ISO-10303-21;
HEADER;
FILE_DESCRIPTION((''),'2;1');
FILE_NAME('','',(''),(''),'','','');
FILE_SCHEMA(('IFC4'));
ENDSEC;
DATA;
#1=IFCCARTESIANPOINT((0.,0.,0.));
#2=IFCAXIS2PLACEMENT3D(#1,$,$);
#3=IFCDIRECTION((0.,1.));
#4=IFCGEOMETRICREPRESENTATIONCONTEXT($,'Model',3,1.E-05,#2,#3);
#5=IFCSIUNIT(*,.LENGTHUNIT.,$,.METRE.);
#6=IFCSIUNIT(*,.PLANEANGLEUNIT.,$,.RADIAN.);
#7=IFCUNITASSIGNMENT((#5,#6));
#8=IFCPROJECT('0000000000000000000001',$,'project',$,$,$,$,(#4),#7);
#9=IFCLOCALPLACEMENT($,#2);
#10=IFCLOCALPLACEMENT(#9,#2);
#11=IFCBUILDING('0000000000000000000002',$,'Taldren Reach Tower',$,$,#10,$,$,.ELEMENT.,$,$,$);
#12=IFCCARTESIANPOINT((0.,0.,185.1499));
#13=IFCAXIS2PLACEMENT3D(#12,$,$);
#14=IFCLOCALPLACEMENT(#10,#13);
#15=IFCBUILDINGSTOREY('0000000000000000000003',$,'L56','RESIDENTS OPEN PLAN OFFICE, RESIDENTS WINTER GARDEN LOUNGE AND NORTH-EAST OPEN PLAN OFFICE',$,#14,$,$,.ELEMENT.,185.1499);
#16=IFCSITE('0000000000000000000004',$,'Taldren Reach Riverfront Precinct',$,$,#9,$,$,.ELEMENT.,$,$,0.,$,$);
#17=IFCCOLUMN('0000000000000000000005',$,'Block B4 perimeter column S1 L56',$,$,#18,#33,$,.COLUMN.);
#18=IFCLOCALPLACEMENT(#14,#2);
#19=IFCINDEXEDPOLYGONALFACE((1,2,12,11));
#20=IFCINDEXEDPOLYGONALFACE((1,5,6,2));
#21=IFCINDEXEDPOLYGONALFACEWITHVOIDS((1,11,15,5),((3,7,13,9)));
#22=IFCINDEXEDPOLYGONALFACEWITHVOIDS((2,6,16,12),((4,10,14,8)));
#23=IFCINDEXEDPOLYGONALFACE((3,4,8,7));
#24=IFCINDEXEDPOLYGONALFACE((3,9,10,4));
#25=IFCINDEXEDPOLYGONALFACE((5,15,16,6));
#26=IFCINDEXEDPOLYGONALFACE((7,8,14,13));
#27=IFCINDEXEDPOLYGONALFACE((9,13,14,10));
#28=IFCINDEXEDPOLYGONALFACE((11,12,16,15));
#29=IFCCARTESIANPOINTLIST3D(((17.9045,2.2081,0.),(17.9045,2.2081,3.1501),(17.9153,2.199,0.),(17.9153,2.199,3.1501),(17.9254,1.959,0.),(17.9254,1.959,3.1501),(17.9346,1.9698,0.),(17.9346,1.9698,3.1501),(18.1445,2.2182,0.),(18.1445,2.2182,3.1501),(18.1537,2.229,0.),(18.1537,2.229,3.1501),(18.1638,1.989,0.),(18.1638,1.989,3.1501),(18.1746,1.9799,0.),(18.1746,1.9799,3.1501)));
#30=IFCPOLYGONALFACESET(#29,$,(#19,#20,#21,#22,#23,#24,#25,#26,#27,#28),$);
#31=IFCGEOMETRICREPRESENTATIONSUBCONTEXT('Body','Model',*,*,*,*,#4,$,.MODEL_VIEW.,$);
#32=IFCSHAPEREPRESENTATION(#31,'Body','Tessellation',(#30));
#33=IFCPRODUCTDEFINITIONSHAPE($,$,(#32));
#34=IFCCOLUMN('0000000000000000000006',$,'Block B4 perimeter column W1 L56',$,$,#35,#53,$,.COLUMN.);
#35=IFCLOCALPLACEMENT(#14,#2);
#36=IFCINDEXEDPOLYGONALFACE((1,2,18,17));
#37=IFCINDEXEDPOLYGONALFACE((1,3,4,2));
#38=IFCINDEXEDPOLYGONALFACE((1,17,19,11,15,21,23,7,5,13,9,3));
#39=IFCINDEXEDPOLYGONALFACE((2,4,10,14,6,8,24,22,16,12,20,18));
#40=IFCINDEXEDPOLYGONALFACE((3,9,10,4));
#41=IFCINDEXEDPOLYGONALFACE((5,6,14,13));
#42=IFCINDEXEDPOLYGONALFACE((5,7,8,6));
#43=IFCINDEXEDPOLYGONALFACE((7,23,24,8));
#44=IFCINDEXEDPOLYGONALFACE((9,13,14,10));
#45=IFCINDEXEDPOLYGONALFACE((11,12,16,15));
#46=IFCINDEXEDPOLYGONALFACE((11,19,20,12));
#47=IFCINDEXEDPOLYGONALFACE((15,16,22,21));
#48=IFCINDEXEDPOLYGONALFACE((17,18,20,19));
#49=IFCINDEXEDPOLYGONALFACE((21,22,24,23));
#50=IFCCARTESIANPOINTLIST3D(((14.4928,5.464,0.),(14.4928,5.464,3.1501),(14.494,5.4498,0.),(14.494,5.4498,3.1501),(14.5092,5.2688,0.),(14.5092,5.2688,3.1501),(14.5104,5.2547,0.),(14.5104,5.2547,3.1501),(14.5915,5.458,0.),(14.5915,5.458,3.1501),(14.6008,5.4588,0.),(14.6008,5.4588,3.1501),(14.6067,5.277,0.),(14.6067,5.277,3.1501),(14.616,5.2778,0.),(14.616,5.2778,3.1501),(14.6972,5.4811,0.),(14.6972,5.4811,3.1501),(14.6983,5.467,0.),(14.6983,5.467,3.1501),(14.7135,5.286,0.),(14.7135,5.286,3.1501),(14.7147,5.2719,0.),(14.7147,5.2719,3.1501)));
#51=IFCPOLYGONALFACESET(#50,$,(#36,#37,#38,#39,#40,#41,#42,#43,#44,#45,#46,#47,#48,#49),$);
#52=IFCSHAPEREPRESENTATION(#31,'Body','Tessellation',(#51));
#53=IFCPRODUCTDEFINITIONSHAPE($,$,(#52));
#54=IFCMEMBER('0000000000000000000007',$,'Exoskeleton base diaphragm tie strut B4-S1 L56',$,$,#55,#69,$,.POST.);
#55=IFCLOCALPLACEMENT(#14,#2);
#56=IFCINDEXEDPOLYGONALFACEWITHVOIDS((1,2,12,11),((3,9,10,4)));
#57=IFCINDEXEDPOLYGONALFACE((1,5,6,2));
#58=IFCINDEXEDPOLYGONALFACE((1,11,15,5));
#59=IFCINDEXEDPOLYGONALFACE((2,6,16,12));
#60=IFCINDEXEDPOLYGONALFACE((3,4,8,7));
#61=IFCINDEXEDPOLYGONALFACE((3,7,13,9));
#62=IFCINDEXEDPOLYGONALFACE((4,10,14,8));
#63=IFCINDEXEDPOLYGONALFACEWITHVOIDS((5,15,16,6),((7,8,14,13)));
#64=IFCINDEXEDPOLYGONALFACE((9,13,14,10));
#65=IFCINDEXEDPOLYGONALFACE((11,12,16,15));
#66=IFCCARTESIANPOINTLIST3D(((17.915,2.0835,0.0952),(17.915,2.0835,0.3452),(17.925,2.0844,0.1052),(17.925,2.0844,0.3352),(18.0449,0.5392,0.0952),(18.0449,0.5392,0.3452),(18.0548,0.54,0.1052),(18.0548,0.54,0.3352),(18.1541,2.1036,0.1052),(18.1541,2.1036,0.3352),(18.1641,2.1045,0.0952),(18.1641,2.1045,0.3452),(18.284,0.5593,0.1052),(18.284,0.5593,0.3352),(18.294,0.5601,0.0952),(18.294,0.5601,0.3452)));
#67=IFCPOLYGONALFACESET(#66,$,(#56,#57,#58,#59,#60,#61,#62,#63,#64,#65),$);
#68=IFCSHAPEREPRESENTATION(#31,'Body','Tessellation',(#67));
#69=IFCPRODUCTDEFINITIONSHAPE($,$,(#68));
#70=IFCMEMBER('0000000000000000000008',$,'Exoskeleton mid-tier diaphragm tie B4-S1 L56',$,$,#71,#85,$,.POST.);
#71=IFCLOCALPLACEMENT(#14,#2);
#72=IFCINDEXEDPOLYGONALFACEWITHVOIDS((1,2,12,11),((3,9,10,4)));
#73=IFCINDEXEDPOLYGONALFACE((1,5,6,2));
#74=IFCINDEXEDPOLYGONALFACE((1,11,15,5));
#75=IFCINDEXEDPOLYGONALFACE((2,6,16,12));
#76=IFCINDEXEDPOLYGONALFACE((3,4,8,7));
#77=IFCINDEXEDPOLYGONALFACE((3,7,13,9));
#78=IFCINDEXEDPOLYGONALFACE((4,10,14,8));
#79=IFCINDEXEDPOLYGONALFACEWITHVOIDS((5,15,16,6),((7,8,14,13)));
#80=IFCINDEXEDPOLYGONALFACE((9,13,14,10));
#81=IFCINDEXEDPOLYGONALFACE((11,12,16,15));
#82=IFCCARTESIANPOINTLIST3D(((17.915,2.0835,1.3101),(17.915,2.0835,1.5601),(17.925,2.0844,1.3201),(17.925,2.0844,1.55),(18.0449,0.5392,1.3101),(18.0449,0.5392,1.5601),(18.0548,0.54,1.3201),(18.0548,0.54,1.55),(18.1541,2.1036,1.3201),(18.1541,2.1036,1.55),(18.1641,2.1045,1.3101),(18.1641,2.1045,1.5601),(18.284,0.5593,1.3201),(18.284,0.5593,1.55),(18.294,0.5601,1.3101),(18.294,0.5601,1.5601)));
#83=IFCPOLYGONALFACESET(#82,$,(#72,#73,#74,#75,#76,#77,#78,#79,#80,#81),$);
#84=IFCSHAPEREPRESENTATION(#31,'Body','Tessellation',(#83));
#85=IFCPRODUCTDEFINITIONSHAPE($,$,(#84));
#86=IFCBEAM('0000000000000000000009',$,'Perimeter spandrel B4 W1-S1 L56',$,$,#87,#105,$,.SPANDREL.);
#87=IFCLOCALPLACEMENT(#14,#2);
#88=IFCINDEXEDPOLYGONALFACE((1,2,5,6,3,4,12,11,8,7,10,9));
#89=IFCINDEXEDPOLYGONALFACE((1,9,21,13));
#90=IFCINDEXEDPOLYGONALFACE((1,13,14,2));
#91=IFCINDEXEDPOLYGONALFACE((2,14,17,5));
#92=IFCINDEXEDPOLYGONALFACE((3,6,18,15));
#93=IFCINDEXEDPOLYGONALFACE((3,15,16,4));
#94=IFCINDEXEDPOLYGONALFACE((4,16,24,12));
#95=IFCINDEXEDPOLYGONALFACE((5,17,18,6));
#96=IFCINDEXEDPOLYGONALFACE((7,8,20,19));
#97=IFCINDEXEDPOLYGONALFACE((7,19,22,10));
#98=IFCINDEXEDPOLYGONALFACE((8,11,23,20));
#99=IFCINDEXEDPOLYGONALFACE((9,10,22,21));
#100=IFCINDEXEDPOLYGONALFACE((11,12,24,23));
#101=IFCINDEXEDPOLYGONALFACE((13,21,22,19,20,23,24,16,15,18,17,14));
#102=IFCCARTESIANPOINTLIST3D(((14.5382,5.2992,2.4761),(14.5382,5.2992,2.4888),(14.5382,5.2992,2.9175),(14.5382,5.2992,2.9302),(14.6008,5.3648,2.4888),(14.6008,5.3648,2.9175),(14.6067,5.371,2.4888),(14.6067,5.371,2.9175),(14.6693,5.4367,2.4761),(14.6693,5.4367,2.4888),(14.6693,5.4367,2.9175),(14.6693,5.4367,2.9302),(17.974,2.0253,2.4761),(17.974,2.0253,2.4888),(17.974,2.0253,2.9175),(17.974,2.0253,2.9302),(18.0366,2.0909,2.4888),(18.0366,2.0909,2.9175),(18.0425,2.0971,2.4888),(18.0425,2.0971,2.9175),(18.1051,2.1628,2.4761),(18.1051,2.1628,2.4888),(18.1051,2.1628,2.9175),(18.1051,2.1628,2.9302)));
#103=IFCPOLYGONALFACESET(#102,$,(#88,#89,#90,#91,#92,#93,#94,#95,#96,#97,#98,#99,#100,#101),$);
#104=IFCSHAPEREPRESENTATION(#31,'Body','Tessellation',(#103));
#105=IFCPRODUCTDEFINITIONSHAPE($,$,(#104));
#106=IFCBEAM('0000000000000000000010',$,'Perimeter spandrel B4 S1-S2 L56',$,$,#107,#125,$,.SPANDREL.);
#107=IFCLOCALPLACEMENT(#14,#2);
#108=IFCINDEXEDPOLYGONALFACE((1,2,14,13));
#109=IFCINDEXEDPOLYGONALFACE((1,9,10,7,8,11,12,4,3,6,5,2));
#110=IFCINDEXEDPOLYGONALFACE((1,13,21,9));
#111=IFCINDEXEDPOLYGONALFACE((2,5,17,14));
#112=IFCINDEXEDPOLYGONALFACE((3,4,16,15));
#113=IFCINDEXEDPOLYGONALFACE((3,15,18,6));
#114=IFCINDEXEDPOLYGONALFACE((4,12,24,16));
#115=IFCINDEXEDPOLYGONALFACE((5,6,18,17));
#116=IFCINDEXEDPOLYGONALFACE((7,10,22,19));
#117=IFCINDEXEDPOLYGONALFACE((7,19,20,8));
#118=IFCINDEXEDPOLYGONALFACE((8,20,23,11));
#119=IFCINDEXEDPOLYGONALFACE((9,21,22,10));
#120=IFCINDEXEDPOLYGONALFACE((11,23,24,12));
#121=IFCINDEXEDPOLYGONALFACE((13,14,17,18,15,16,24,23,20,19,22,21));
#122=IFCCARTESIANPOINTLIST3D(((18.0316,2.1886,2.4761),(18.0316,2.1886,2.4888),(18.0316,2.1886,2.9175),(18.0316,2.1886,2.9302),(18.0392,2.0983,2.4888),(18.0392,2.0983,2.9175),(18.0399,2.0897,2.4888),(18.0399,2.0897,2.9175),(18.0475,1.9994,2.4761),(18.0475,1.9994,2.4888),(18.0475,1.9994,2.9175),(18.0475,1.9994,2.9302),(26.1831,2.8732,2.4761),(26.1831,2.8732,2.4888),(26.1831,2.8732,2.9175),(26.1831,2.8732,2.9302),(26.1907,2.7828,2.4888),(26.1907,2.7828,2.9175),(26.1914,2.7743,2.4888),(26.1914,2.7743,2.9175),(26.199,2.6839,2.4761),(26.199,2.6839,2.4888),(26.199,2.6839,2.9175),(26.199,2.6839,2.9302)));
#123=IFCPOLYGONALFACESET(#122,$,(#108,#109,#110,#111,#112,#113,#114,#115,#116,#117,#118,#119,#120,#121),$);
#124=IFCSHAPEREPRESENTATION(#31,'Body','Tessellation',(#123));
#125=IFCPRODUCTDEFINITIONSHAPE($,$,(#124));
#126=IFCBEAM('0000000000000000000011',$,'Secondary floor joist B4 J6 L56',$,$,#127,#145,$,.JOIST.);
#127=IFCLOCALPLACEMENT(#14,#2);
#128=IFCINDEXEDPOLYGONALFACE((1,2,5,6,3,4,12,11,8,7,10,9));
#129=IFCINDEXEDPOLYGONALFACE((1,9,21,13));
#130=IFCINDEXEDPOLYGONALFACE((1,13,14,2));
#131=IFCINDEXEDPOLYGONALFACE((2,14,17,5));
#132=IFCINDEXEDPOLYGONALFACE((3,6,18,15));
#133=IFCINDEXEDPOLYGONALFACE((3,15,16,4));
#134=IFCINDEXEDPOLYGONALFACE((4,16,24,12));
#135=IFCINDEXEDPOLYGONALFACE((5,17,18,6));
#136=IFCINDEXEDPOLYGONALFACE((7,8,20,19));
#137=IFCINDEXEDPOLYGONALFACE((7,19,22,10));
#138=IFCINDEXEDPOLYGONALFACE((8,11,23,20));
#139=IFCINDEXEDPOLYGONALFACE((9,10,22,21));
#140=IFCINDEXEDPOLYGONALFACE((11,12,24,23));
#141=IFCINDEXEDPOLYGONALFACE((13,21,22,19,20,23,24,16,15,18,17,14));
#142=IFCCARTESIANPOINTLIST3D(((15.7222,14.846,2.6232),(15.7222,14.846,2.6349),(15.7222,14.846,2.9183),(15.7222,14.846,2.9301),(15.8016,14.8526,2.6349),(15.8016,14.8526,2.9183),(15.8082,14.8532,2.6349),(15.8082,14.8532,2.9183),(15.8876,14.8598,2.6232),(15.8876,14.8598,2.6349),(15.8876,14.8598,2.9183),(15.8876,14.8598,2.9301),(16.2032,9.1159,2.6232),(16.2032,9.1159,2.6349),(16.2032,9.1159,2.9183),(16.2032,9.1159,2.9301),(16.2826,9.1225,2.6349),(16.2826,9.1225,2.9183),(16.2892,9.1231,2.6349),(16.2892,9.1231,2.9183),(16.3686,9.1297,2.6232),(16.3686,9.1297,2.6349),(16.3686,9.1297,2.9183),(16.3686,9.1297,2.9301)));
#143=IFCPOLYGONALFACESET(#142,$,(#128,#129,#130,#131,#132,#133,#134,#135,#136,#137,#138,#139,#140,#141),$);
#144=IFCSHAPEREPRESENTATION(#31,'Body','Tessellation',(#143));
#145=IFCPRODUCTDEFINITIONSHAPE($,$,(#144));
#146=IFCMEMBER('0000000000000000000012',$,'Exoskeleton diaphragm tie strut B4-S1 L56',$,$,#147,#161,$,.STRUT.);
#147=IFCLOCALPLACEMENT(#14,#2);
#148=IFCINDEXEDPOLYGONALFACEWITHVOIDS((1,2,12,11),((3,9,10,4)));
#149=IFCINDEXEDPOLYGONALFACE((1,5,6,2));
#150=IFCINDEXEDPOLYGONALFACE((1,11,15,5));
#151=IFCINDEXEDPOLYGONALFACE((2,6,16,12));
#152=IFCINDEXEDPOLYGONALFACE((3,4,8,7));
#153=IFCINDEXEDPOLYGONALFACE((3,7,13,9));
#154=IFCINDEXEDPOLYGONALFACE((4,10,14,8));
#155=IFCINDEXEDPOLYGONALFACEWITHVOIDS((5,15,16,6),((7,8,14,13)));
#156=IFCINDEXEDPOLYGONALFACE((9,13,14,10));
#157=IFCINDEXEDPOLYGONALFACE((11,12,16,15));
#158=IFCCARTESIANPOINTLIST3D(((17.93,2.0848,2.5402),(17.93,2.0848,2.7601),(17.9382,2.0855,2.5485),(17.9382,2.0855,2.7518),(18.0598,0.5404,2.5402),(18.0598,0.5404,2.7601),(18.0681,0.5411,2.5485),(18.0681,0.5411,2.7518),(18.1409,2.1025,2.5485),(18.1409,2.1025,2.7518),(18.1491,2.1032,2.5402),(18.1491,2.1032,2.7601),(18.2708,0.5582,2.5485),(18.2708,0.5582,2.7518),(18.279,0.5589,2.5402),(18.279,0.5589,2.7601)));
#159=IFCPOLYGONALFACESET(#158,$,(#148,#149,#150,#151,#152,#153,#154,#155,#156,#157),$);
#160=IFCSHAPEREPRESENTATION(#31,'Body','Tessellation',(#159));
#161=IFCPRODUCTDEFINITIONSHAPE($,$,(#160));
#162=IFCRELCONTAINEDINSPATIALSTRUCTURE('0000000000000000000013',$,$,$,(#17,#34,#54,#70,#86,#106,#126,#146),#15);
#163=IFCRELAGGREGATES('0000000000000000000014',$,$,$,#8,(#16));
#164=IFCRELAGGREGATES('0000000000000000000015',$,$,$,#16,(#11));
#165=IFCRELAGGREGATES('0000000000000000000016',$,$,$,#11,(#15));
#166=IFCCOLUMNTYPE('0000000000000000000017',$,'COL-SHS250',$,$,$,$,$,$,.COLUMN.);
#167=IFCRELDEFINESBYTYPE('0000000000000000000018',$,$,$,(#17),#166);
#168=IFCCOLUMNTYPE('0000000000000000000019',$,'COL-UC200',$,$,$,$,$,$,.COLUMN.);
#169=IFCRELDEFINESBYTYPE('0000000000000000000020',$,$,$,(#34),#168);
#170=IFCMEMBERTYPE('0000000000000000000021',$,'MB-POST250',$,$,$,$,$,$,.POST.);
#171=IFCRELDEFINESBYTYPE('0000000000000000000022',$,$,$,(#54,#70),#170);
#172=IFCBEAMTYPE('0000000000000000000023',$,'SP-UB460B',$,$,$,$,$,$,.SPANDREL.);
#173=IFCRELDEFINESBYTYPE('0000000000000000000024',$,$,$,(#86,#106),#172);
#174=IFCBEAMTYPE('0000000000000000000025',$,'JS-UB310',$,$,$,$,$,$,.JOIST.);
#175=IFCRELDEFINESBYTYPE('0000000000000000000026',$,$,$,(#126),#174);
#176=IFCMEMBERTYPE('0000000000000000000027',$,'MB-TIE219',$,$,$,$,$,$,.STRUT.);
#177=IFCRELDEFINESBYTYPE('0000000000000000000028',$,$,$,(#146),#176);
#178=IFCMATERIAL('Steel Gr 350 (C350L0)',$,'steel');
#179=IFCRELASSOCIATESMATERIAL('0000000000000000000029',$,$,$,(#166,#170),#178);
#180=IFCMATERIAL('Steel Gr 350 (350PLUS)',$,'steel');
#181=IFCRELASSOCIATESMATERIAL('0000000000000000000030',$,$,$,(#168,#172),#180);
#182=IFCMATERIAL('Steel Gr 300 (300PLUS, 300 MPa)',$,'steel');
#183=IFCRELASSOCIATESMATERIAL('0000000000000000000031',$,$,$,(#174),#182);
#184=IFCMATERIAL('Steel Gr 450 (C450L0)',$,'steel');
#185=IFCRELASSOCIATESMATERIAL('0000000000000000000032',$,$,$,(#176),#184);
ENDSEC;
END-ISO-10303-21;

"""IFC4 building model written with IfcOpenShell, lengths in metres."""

from ifc_helpers import new_model, si_unit, direction, frame, origin, origin_2d, place, context, subcontext, project, spatial, hollow_rectangle, i_section, extrude, source, transform, mapped, material, material_profile, profile_set, type_object, element, save


model = new_model("IFC4")

# Units and contexts
model_context = context("Model", 3, precision=1e-05, world=origin(), true_north=direction((0.0, 1.0)))
body_context = subcontext(model_context, "Body", "Model", "MODEL_VIEW")
ifc_project = project(units=[si_unit("LENGTHUNIT", "METRE"), si_unit("PLANEANGLEUNIT", "RADIAN")], contexts=[model_context])

# Site, building, storey
site_placement = place(None, origin())
site = spatial("IfcSite", under=ifc_project, at=site_placement, Name="Taldren Reach Riverfront Precinct", CompositionType="ELEMENT", RefElevation=0.0)
building_placement = place(site_placement, origin())
building = spatial("IfcBuilding", under=site, at=building_placement, Name="Taldren Reach Tower", CompositionType="ELEMENT")
storey_placement = place(building_placement, frame((0.0, 0.0, 185.1499)))
storey = spatial("IfcBuildingStorey", under=building, at=storey_placement, Name="L56", Description="RESIDENTS OPEN PLAN OFFICE, RESIDENTS WINTER GARDEN LOUNGE AND NORTH-EAST OPEN PLAN OFFICE", CompositionType="ELEMENT", Elevation=185.1499)

# Columns
ifc_material_1 = material(Name="Steel Gr 350 (C350L0)", Category="steel")
ifc_material_profile_1 = material_profile(ifc_material_1, hollow_rectangle(XDim=0.25, YDim=0.25, WallThickness=0.01, at=origin_2d()), Name="250x250x10.0SHS")
ifc_profile_set_1 = profile_set([ifc_material_profile_1], Name="Steel Gr 350 (C350L0)")
column_type_1 = type_object("IfcColumnType", Name="COL-SHS250", PredefinedType="COLUMN", material=ifc_profile_set_1)
shared_shape_1 = source(origin(), body_context, "Body", "SweptSolid", [
    extrude(hollow_rectangle(XDim=0.25, YDim=0.25, WallThickness=0.01, at=origin_2d()), origin(), (0.0, 0.0, 1.0), 3.1501),
])
column_1_placement = place(storey_placement, frame((18.0396, 2.094, 0.0), z_axis=(0.0, 0.0, 1.0), x_axis=(0.996493, 0.083678, 0.0)))
element("IfcColumn", 1, at=column_1_placement, inside=storey, type_object=column_type_1, Name="Block B4 perimeter column S1 L56", PredefinedType="COLUMN", context=body_context, shape_type="MappedRepresentation", body=[
    mapped(shared_shape_1, transform((0.0, 0.0, 0.0), scale=1.0)),
])
ifc_material_2 = material(Name="Steel Gr 350 (350PLUS)", Category="steel")
ifc_material_profile_2 = material_profile(ifc_material_2, i_section(OverallWidth=0.2051, OverallDepth=0.21, WebThickness=0.0093, FlangeThickness=0.0142, at=origin_2d()), Name="200UC59.5")
ifc_profile_set_2 = profile_set([ifc_material_profile_2], Name="Steel Gr 350 (350PLUS)")
column_type_2 = type_object("IfcColumnType", Name="COL-UC200", PredefinedType="COLUMN", material=ifc_profile_set_2)
shared_shape_2 = source(origin(), body_context, "Body", "SweptSolid", [
    extrude(i_section(OverallWidth=0.2051, OverallDepth=0.21, WebThickness=0.0093, FlangeThickness=0.0142, at=origin_2d()), origin(), (0.0, 0.0, 1.0), 3.1501),
])
column_2_placement = place(storey_placement, frame((14.6038, 5.3679, 0.0), z_axis=(0.0, 0.0, 1.0), x_axis=(0.996493, 0.083678, 0.0)))
element("IfcColumn", 2, at=column_2_placement, inside=storey, type_object=column_type_2, Name="Block B4 perimeter column W1 L56", PredefinedType="COLUMN", context=body_context, shape_type="MappedRepresentation", body=[
    mapped(shared_shape_2, transform((0.0, 0.0, 0.0), scale=1.0)),
])

# Members
ifc_material_profile_3 = material_profile(ifc_material_1, hollow_rectangle(XDim=0.25, YDim=0.25, WallThickness=0.01, at=origin_2d()), Name="250x250x10.0SHS")
ifc_profile_set_3 = profile_set([ifc_material_profile_3], Name="Steel Gr 350 (C350L0)")
member_type_1 = type_object("IfcMemberType", Name="MB-POST250", PredefinedType="POST", material=ifc_profile_set_3)
shared_shape_3 = source(origin(), body_context, "Body", "SweptSolid", [
    extrude(hollow_rectangle(XDim=0.25, YDim=0.25, WallThickness=0.01, at=origin_2d()), origin(), (0.0, 0.0, 1.0), 1.5498),
])
for number, where, z_axis, x_axis, name in (
    (3, (18.0396, 2.094, 0.2202), (0.083802, -0.996482, 0.0), (0.996482, 0.083802, 0.0), "Exoskeleton base diaphragm tie strut B4-S1 L56"),
    (4, (18.0396, 2.094, 1.4351), (0.083802, -0.996482, 0.0), (0.996482, 0.083802, 0.0), "Exoskeleton mid-tier diaphragm tie B4-S1 L56"),
):
    element("IfcMember", number, at=place(storey_placement, frame(where, z_axis=z_axis, x_axis=x_axis)), inside=storey, type_object=member_type_1, Name=name, PredefinedType="POST", context=body_context, shape_type="MappedRepresentation", body=[
        mapped(shared_shape_3, transform((0.0, 0.0, 0.0), scale=1.0)),
    ])

# Beams
ifc_material_profile_4 = material_profile(ifc_material_2, i_section(OverallWidth=0.1899, OverallDepth=0.4541, WebThickness=0.0085, FlangeThickness=0.0127, at=origin_2d()), Name="460UB67.1")
ifc_profile_set_4 = profile_set([ifc_material_profile_4], Name="Steel Gr 350 (350PLUS)")
beam_type_1 = type_object("IfcBeamType", Name="SP-UB460B", PredefinedType="SPANDREL", material=ifc_profile_set_4)
shared_shape_4 = source(origin(), body_context, "Body", "SweptSolid", [
    extrude(i_section(OverallWidth=0.1899, OverallDepth=0.4541, WebThickness=0.0085, FlangeThickness=0.0127, at=origin_2d()), origin(), (0.0, 0.0, 1.0), 4.7458),
])
beam_1_placement = place(storey_placement, frame((14.6038, 5.3679, 2.7031), z_axis=(0.723954, -0.689848, 0.0), x_axis=(0.689848, 0.723954, 0.0)))
element("IfcBeam", 5, at=beam_1_placement, inside=storey, type_object=beam_type_1, Name="Perimeter spandrel B4 W1-S1 L56", PredefinedType="SPANDREL", context=body_context, shape_type="MappedRepresentation", body=[
    mapped(shared_shape_4, transform((0.0, 0.0, 0.0), scale=1.0)),
])
shared_shape_5 = source(origin(), body_context, "Body", "SweptSolid", [
    extrude(i_section(OverallWidth=0.1899, OverallDepth=0.4541, WebThickness=0.0085, FlangeThickness=0.0127, at=origin_2d()), origin(), (0.0, 0.0, 1.0), 8.1802),
])
beam_2_placement = place(storey_placement, frame((18.0396, 2.094, 2.7031), z_axis=(0.996492, 0.083688, 0.0), x_axis=(-0.083688, 0.996492, 0.0)))
element("IfcBeam", 6, at=beam_2_placement, inside=storey, type_object=beam_type_1, Name="Perimeter spandrel B4 S1-S2 L56", PredefinedType="SPANDREL", context=body_context, shape_type="MappedRepresentation", body=[
    mapped(shared_shape_5, transform((0.0, 0.0, 0.0), scale=1.0)),
])
ifc_material_3 = material(Name="Steel Gr 300 (300PLUS, 300 MPa)", Category="steel")
ifc_material_profile_5 = material_profile(ifc_material_3, i_section(OverallWidth=0.166, OverallDepth=0.3069, WebThickness=0.0066, FlangeThickness=0.0117, at=origin_2d()), Name="310UB46.2")
ifc_profile_set_5 = profile_set([ifc_material_profile_5], Name="Steel Gr 300 (300PLUS, 300 MPa)")
beam_type_2 = type_object("IfcBeamType", Name="JS-UB310", PredefinedType="JOIST", material=ifc_profile_set_5)
shared_shape_6 = source(origin(), body_context, "Body", "SweptSolid", [
    extrude(i_section(OverallWidth=0.166, OverallDepth=0.3069, WebThickness=0.0066, FlangeThickness=0.0117, at=origin_2d()), origin(), (0.0, 0.0, 1.0), 5.7502),
])
beam_3_placement = place(storey_placement, frame((16.2859, 9.1228, 2.7766), z_axis=(-0.083643, 0.996496, 0.0), x_axis=(-0.996496, -0.083643, 0.0)))
element("IfcBeam", 7, at=beam_3_placement, inside=storey, type_object=beam_type_2, Name="Secondary floor joist B4 J6 L56", PredefinedType="JOIST", context=body_context, shape_type="MappedRepresentation", body=[
    mapped(shared_shape_6, transform((0.0, 0.0, 0.0), scale=1.0)),
])

# Member
ifc_material_4 = material(Name="Steel Gr 450 (C450L0)", Category="steel")
ifc_material_profile_6 = material_profile(ifc_material_4, hollow_rectangle(XDim=0.22, YDim=0.22, WallThickness=0.0083, at=origin_2d()), Name="220x220x8.2SHS")
ifc_profile_set_6 = profile_set([ifc_material_profile_6], Name="Steel Gr 450 (C450L0)")
member_type_2 = type_object("IfcMemberType", Name="MB-TIE219", PredefinedType="STRUT", material=ifc_profile_set_6)
shared_shape_7 = source(origin(), body_context, "Body", "SweptSolid", [
    extrude(hollow_rectangle(XDim=0.22, YDim=0.22, WallThickness=0.0083, at=origin_2d()), origin(), (0.0, 0.0, 1.0), 1.5498),
])
member_1_placement = place(storey_placement, frame((18.0396, 2.094, 2.6501), z_axis=(0.083802, -0.996482, 0.0), x_axis=(0.996482, 0.083802, 0.0)))
element("IfcMember", 8, at=member_1_placement, inside=storey, type_object=member_type_2, Name="Exoskeleton diaphragm tie strut B4-S1 L56", PredefinedType="STRUT", context=body_context, shape_type="MappedRepresentation", body=[
    mapped(shared_shape_7, transform((0.0, 0.0, 0.0), scale=1.0)),
])

save(model, "model.ifc")
